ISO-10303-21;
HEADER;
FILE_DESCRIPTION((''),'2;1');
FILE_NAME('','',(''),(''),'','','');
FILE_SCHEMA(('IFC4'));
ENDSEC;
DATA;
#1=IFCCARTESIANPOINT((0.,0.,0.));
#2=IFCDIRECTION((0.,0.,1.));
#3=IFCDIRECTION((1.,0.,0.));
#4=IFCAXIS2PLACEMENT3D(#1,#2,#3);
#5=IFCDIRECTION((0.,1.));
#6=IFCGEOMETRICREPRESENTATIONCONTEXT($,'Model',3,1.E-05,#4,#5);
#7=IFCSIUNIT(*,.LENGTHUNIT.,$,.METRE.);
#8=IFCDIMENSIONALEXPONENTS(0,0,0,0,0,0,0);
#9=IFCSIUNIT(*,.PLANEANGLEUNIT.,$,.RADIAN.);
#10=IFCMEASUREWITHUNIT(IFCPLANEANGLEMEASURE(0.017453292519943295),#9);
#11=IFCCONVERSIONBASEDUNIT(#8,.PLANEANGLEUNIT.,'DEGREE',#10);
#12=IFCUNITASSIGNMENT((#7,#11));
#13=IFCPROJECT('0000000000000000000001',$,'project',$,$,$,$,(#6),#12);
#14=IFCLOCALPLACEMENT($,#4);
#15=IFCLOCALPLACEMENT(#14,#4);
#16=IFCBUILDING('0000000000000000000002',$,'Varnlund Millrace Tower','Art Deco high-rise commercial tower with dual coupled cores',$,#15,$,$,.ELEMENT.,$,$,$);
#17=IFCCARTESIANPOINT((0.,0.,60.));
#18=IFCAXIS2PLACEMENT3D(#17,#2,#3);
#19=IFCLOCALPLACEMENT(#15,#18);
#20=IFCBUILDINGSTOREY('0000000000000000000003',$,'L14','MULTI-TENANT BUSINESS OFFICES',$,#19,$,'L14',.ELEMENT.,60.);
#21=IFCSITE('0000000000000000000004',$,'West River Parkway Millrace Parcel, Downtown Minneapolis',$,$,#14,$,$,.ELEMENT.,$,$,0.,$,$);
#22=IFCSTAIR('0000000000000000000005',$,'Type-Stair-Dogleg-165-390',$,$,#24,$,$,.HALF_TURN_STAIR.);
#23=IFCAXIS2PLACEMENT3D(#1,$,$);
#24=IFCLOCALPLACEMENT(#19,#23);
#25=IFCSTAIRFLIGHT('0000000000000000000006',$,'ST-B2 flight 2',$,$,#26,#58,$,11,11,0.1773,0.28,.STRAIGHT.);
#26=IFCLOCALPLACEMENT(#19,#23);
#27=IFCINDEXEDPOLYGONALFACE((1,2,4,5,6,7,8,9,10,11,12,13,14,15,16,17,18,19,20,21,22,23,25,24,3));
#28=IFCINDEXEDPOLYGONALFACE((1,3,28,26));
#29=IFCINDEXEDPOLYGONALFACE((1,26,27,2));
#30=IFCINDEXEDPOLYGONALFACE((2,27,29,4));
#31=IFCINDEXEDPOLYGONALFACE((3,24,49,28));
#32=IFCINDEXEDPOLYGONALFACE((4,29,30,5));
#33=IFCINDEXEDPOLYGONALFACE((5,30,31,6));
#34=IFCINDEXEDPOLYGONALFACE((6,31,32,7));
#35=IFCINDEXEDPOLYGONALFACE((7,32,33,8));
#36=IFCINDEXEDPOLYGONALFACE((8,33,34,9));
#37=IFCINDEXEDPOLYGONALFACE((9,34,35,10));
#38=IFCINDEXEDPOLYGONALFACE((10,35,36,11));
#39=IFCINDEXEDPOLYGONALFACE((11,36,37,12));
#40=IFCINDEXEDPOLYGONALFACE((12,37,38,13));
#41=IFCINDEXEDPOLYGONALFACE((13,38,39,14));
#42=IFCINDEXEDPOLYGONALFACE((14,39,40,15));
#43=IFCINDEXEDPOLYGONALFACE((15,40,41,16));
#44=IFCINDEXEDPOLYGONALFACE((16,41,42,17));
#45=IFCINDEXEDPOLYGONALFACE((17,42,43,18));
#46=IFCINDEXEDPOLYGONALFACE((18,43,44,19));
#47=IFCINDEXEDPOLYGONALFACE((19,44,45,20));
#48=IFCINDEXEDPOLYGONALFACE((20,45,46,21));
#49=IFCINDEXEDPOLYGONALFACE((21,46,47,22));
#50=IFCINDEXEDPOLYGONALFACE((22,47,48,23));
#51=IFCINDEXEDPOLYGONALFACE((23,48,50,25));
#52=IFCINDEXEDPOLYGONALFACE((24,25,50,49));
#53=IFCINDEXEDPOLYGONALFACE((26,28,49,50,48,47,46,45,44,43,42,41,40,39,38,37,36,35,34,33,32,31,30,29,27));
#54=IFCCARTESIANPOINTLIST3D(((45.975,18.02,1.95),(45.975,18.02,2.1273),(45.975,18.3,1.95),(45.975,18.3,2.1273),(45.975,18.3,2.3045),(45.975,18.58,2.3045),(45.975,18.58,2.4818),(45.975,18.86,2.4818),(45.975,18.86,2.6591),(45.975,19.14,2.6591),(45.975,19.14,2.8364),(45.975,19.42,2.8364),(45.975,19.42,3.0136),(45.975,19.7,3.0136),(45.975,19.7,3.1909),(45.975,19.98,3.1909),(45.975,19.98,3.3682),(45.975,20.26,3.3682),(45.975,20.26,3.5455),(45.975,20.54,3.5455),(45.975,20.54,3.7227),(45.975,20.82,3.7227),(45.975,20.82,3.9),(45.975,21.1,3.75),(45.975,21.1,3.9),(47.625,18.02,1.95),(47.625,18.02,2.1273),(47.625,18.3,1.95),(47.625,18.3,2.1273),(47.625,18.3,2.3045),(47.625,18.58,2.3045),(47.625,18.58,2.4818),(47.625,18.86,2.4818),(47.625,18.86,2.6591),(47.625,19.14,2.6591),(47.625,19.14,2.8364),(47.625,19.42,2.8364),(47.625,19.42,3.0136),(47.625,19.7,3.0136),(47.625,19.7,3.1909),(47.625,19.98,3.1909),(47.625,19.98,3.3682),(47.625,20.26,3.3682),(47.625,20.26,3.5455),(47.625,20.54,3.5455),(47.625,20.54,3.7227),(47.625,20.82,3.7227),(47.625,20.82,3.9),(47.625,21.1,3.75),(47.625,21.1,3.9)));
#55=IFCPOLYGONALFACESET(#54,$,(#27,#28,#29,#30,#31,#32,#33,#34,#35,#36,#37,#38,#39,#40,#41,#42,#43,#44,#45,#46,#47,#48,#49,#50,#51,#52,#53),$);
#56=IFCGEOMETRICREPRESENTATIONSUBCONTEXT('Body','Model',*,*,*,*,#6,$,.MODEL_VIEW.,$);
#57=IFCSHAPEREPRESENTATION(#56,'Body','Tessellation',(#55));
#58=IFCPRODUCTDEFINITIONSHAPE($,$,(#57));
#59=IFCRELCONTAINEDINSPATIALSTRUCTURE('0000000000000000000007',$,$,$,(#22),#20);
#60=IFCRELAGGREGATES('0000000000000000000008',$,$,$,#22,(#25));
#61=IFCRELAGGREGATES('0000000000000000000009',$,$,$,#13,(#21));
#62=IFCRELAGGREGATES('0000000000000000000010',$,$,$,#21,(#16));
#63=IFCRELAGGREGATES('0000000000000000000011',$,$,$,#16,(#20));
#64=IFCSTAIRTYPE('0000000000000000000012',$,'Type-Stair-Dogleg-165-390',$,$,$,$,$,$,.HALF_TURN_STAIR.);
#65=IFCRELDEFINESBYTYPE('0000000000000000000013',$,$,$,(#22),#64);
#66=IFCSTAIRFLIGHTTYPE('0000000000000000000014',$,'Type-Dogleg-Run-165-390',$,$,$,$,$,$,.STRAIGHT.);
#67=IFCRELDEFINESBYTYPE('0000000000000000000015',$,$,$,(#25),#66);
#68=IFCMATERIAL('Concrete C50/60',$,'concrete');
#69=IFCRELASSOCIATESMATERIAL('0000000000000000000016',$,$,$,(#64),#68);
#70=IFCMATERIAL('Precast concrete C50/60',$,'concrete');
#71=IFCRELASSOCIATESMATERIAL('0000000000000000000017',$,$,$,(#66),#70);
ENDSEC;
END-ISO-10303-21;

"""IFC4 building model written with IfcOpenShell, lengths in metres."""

from ifc_helpers import new_model, entity, si_unit, converted_unit, direction, frame, origin_with_axes, place, context, subcontext, project, spatial, polyline, outline, extrude, material, type_object, element, aggregate, save


model = new_model("IFC4")

# Units and contexts
model_context = context("Model", 3, precision=1e-05, world=origin_with_axes(), true_north=direction((0.0, 1.0)))
body_context = subcontext(model_context, "Body", "Model", "MODEL_VIEW")
ifc_project = project(units=[si_unit("LENGTHUNIT", "METRE"), converted_unit("PLANEANGLEUNIT", "DEGREE", entity("IfcPlaneAngleMeasure", 0.017453292519943295), si_unit("PLANEANGLEUNIT", "RADIAN"), dimensions=[0, 0, 0, 0, 0, 0, 0])], contexts=[model_context])

# Site, building, storey
site_placement = place(None, origin_with_axes())
site = spatial("IfcSite", under=ifc_project, at=site_placement, Name="West River Parkway Millrace Parcel, Downtown Minneapolis", CompositionType="ELEMENT", RefElevation=0.0)
building_placement = place(site_placement, origin_with_axes())
building = spatial("IfcBuilding", under=site, at=building_placement, Name="Varnlund Millrace Tower", Description="Art Deco high-rise commercial tower with dual coupled cores", CompositionType="ELEMENT")
storey_placement = place(building_placement, frame((0.0, 0.0, 60.0), z_axis=(0.0, 0.0, 1.0), x_axis=(1.0, 0.0, 0.0)))
storey = spatial("IfcBuildingStorey", under=building, at=storey_placement, Name="L14", Description="MULTI-TENANT BUSINESS OFFICES", LongName="L14", CompositionType="ELEMENT", Elevation=60.0)

# Shared definitions
ifc_material_1 = material(Name="Precast concrete C50/60", Category="concrete")

# Stair, stair flight
ifc_material_2 = material(Name="Concrete C50/60", Category="concrete")
stair_type = type_object("IfcStairType", Name="Type-Stair-Dogleg-165-390", PredefinedType="HALF_TURN_STAIR", material=ifc_material_2)
stair_placement = place(storey_placement, origin_with_axes())
stair = element("IfcStair", 1, at=stair_placement, inside=storey, type_object=stair_type, Name="Type-Stair-Dogleg-165-390", PredefinedType="HALF_TURN_STAIR")
stair_flight_type = type_object("IfcStairFlightType", Name="Type-Dogleg-Run-165-390", PredefinedType="STRAIGHT", material=ifc_material_1)
stair_flight_placement = place(storey_placement, frame((45.975, 18.02, 1.95), z_axis=(1.0, 0.0, 0.0), x_axis=(0.0, 1.0, 0.0)))
stair_flight = element("IfcStairFlight", 2, at=stair_flight_placement, type_object=stair_flight_type, Name="ST-B2 flight 2", NumberOfRisers=11, NumberOfTreads=11, PredefinedType="STRAIGHT", RiserHeight=0.1773, TreadLength=0.28, context=body_context, shape_type="SweptSolid", body=[
    extrude(outline(polyline([(0.0, 0.0), (0.0, 0.1773), (0.28, 0.1773), (0.28, 0.3545), (0.56, 0.3545), (0.56, 0.5318), (0.84, 0.5318), (0.84, 0.7091), (1.12, 0.7091), (1.12, 0.8864), (1.4, 0.8864), (1.4, 1.0636), (1.68, 1.0636), (1.68, 1.2409), (1.96, 1.2409), (1.96, 1.4182), (2.24, 1.4182), (2.24, 1.5955), (2.52, 1.5955), (2.52, 1.7727), (2.8, 1.7727), (2.8, 1.95), (3.08, 1.95), (3.08, 1.8), (0.28, 0.0), (0.0, 0.0)])), origin_with_axes(), (0.0, 0.0, 1.0), 1.65),
])
aggregate(stair, [stair_flight])

save(model, "model.ifc")
